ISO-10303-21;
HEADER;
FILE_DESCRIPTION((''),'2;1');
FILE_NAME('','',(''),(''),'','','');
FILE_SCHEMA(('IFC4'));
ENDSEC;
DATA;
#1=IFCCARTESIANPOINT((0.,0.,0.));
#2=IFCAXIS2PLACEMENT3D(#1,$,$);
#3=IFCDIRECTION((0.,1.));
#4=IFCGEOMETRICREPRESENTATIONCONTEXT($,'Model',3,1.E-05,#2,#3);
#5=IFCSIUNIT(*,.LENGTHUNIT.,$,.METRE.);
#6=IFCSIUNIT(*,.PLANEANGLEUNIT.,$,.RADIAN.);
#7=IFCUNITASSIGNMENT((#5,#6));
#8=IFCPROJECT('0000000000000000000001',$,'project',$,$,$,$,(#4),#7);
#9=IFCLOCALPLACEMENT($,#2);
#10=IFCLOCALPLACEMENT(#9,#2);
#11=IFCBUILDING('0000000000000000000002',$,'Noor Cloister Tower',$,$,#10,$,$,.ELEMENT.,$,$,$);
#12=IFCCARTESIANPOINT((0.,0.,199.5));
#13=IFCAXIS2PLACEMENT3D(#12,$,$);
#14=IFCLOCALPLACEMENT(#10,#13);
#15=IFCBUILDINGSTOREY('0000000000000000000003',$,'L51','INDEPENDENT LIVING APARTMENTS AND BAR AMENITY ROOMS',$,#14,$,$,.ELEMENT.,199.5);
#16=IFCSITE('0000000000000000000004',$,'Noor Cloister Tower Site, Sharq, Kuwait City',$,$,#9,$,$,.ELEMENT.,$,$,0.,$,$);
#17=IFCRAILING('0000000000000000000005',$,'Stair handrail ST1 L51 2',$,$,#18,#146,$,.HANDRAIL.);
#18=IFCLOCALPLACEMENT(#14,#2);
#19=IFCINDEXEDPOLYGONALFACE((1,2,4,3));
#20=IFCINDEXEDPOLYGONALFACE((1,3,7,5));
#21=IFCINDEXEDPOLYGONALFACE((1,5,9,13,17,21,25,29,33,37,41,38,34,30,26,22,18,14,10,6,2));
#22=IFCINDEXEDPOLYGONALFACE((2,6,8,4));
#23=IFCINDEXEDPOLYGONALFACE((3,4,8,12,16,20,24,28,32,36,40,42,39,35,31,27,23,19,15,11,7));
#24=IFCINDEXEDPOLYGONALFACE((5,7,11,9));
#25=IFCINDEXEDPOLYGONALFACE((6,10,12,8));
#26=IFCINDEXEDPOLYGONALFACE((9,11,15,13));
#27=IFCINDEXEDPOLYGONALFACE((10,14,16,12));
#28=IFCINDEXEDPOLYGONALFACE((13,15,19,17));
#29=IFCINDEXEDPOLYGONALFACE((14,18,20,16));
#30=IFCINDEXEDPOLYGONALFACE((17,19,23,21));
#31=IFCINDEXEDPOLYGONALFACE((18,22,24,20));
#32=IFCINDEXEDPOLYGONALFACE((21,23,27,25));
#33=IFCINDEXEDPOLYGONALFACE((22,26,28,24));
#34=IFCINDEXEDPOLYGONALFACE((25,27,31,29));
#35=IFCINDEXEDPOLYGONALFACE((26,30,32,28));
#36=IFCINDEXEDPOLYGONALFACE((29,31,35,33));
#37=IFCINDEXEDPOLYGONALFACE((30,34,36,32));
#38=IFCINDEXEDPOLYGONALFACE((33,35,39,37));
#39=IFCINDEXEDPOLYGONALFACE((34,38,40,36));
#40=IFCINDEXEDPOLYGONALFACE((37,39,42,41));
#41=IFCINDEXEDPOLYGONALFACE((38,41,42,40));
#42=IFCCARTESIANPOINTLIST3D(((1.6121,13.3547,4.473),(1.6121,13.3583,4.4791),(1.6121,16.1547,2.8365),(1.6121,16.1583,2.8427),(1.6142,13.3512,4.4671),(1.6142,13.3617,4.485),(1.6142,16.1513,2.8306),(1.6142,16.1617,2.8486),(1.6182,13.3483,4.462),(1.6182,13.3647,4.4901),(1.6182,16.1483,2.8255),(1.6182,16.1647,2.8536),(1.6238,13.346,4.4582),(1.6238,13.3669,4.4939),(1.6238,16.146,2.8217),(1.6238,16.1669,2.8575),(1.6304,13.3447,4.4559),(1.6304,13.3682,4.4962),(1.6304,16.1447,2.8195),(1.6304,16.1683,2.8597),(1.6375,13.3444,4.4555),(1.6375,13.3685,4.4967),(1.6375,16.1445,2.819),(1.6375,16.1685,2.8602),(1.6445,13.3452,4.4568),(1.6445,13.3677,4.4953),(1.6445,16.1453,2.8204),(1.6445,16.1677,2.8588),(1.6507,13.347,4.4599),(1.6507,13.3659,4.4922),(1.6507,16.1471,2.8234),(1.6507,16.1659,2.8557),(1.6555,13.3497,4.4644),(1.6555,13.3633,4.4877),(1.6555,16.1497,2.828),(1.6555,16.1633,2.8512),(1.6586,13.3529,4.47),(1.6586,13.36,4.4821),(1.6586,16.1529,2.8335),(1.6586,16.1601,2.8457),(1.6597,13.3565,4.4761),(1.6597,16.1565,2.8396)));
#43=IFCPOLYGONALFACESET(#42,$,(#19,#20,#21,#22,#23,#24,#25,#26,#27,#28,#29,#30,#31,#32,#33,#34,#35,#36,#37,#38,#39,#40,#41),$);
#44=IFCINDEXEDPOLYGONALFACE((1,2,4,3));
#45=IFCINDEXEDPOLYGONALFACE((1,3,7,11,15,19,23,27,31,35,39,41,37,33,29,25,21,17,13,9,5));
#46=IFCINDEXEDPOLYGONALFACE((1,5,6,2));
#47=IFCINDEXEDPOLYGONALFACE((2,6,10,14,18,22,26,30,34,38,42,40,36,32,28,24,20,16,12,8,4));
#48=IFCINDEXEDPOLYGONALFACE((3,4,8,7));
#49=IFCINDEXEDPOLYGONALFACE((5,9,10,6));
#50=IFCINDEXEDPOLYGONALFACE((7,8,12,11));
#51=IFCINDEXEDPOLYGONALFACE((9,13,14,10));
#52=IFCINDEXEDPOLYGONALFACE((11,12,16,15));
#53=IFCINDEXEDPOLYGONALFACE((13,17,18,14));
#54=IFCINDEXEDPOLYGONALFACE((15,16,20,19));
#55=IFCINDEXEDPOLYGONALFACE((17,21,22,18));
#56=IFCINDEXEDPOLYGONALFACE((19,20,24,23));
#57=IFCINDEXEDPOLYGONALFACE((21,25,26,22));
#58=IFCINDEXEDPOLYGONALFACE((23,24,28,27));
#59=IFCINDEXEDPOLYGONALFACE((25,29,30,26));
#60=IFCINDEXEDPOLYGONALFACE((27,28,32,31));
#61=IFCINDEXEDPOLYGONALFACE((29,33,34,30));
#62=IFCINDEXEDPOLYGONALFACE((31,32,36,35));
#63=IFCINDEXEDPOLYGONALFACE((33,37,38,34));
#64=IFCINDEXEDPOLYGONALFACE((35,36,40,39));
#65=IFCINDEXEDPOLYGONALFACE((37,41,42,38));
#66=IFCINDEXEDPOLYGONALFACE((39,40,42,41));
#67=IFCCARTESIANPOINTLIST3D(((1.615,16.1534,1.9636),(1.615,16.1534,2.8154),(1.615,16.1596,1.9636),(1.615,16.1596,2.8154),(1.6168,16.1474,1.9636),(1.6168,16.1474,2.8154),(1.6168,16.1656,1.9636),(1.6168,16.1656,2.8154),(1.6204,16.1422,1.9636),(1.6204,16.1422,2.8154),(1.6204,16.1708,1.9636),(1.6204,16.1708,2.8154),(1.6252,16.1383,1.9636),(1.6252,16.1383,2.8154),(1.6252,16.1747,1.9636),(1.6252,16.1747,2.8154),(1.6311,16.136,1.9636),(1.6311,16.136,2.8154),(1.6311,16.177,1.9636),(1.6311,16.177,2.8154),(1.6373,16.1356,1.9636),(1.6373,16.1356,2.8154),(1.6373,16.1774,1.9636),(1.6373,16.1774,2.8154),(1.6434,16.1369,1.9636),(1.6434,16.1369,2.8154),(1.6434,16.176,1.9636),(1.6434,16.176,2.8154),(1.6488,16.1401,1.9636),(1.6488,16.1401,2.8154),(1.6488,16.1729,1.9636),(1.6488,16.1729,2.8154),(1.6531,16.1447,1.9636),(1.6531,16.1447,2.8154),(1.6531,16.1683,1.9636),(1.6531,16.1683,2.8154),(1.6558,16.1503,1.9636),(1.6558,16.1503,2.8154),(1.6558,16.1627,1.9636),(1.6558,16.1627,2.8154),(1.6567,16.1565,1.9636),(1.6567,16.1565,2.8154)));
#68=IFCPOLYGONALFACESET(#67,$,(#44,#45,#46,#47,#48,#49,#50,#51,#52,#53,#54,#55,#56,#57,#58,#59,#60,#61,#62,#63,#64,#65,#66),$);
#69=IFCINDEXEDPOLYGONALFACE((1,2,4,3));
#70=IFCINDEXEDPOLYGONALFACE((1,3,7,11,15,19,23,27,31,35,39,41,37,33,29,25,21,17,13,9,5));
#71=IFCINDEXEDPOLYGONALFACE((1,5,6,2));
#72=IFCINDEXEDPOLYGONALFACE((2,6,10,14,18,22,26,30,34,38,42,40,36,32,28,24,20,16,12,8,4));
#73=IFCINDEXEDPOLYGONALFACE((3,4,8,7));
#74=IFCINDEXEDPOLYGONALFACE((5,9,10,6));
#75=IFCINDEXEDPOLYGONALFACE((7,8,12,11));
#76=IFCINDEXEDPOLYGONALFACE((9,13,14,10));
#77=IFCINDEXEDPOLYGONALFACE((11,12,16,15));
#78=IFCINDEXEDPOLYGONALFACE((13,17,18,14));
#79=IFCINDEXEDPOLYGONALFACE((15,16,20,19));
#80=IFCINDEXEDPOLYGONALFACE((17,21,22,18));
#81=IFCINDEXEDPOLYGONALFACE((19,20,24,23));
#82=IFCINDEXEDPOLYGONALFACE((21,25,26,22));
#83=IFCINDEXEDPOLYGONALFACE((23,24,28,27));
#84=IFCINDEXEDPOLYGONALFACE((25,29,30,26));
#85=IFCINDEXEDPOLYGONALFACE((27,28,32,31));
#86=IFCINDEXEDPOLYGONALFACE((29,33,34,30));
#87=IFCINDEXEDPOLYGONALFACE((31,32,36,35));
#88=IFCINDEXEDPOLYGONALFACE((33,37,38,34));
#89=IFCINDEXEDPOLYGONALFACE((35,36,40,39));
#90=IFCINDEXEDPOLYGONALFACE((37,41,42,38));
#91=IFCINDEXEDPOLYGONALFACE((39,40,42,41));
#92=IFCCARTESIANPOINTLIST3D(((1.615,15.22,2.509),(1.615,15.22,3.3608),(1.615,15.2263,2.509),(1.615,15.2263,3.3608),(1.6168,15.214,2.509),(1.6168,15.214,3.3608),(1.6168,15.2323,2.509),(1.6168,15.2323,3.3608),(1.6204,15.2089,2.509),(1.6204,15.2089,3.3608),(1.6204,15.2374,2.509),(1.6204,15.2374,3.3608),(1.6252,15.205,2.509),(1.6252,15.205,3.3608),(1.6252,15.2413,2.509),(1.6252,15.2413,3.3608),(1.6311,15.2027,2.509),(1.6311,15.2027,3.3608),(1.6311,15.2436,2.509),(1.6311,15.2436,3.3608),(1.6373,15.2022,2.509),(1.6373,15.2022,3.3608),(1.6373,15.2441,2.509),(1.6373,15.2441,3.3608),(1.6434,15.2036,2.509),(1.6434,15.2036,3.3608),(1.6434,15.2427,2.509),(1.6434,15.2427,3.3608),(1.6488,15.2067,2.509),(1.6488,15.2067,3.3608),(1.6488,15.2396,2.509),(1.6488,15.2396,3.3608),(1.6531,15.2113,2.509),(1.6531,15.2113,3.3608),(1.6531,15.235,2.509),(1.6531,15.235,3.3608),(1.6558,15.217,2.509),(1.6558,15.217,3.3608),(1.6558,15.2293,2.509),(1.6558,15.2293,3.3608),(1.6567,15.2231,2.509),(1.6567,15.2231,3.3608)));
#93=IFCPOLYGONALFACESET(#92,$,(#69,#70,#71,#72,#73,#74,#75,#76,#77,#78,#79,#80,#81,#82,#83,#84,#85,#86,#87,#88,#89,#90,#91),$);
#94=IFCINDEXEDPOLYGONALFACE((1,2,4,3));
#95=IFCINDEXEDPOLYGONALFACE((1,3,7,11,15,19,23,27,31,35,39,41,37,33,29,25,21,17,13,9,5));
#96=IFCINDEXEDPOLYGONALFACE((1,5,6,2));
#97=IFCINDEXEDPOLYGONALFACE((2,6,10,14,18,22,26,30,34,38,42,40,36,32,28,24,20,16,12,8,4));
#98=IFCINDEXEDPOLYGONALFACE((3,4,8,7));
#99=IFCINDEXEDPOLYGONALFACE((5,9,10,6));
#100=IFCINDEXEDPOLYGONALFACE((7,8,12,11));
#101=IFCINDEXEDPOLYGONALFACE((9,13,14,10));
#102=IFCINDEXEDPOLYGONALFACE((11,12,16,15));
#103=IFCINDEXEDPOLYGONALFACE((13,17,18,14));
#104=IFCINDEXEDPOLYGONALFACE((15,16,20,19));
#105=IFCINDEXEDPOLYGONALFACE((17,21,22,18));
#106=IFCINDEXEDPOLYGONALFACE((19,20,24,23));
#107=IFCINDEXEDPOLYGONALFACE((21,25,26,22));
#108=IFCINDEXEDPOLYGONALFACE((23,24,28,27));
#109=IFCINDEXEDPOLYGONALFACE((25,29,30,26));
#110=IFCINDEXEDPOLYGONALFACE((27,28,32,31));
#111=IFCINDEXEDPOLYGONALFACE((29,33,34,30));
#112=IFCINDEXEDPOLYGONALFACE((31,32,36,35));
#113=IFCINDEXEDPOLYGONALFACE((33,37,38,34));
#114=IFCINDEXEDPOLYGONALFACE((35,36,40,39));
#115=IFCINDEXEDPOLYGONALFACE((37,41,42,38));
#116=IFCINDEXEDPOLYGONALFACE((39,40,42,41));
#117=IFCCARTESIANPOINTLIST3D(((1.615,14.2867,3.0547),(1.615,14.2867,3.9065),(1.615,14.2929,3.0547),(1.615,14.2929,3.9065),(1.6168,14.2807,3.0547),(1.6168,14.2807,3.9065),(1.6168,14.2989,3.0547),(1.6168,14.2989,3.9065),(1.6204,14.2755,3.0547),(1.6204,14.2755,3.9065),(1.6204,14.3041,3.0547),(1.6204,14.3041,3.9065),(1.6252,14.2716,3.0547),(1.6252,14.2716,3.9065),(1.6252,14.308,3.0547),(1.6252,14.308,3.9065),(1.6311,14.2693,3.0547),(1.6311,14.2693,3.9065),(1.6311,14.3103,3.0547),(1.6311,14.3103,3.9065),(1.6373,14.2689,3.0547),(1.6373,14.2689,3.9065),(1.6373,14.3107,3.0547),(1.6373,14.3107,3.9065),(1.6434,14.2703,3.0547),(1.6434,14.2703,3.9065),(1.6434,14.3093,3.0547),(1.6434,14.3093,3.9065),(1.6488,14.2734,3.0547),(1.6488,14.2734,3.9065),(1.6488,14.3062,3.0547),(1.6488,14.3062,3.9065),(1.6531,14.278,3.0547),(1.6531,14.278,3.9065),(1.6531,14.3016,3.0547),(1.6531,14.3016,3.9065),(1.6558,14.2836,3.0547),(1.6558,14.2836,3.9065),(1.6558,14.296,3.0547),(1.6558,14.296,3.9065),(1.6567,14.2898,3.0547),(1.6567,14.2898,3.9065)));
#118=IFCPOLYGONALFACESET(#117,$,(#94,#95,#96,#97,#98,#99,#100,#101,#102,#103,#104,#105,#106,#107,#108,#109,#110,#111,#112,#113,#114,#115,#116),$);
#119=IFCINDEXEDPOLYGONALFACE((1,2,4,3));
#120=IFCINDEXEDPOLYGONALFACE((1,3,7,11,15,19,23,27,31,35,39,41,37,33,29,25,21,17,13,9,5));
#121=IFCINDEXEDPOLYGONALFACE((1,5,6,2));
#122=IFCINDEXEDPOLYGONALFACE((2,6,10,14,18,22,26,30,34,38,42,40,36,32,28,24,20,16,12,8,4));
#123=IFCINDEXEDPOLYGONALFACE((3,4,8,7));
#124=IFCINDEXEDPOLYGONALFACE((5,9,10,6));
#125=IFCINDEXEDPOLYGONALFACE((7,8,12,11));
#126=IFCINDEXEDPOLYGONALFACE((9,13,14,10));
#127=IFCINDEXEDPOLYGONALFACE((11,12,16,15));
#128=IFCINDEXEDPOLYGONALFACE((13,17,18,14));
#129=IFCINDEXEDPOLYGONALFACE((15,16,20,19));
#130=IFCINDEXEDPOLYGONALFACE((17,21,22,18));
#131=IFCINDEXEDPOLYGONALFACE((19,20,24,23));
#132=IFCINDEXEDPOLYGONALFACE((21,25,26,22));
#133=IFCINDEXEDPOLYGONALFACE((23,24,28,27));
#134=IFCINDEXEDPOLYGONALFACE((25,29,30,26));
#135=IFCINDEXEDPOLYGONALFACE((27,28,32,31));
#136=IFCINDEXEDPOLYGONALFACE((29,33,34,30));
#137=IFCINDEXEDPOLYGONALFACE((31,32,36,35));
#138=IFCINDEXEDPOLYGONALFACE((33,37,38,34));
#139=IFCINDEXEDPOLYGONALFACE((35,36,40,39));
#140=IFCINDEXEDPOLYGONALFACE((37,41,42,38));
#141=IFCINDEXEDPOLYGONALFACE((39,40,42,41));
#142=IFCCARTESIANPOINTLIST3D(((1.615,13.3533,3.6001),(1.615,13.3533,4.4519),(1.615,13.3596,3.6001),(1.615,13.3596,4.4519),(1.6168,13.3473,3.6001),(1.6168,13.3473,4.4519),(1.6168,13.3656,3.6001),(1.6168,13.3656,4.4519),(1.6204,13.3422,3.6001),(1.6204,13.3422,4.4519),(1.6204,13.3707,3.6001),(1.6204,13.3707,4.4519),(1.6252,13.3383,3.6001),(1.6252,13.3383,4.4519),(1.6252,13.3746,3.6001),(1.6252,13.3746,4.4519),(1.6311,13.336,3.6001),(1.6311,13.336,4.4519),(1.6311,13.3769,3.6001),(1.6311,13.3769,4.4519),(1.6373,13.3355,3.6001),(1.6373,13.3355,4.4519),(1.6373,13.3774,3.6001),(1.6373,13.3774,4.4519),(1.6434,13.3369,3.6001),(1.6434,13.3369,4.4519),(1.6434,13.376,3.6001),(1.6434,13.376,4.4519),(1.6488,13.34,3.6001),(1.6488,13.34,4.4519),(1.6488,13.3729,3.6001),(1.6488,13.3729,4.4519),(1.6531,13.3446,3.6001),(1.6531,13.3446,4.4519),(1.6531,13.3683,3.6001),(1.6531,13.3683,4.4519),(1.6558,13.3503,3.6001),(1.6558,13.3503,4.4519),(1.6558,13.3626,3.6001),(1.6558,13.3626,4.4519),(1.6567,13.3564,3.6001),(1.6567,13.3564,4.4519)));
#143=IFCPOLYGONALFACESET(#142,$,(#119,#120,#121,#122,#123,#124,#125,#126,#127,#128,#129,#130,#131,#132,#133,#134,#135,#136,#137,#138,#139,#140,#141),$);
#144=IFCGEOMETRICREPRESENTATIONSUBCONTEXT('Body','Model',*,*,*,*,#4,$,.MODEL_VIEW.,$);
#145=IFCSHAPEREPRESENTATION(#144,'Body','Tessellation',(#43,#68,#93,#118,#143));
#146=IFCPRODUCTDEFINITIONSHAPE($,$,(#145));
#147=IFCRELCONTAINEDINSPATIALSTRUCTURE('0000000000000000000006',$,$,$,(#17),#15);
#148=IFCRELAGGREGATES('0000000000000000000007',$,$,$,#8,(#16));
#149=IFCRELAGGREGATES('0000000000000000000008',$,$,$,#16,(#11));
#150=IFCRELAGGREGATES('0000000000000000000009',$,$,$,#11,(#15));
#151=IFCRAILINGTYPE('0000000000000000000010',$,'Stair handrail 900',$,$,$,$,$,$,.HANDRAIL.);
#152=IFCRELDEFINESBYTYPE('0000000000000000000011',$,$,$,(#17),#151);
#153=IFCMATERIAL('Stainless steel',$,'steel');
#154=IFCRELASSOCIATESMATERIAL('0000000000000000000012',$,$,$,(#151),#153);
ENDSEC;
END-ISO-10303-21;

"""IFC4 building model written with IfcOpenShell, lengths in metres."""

from ifc_helpers import new_model, si_unit, direction, frame, origin, origin_2d, place, context, subcontext, project, spatial, circle, extrude, material, type_object, element, save


model = new_model("IFC4")

# Units and contexts
model_context = context("Model", 3, precision=1e-05, world=origin(), true_north=direction((0.0, 1.0)))
body_context = subcontext(model_context, "Body", "Model", "MODEL_VIEW")
ifc_project = project(units=[si_unit("LENGTHUNIT", "METRE"), si_unit("PLANEANGLEUNIT", "RADIAN")], contexts=[model_context])

# Site, building, storey
site_placement = place(None, origin())
site = spatial("IfcSite", under=ifc_project, at=site_placement, Name="Noor Cloister Tower Site, Sharq, Kuwait City", CompositionType="ELEMENT", RefElevation=0.0)
building_placement = place(site_placement, origin())
building = spatial("IfcBuilding", under=site, at=building_placement, Name="Noor Cloister Tower", CompositionType="ELEMENT")
storey_placement = place(building_placement, frame((0.0, 0.0, 199.5)))
storey = spatial("IfcBuildingStorey", under=building, at=storey_placement, Name="L51", Description="INDEPENDENT LIVING APARTMENTS AND BAR AMENITY ROOMS", CompositionType="ELEMENT", Elevation=199.5)

# Railing
ifc_material_1 = material(Name="Stainless steel", Category="steel")
railing_type_1 = type_object("IfcRailingType", Name="Stair handrail 900", PredefinedType="HANDRAIL", material=ifc_material_1)
railing_1_placement = place(storey_placement, frame((1.6357, 16.1565, 1.9636)))
element("IfcRailing", 1, at=railing_1_placement, inside=storey, type_object=railing_type_1, Name="Stair handrail ST1 L51 2", PredefinedType="HANDRAIL", context=body_context, shape_type="SweptSolid", body=[
    extrude(circle(Radius=0.0239, at=origin_2d()), frame((0.0, 0.0, 0.876), z_axis=(0.0, -0.863361, 0.504587), x_axis=(1.0, 0.0, 0.0)), (0.0, 0.0, 1.0), 3.2432),
    extrude(circle(Radius=0.021, at=origin_2d()), origin(), (0.0, 0.0, 1.0), 0.8518),
    extrude(circle(Radius=0.021, at=origin_2d()), frame((0.0, -0.9333, 0.5454)), (0.0, 0.0, 1.0), 0.8518),
    extrude(circle(Radius=0.021, at=origin_2d()), frame((0.0, -1.8667, 1.0911)), (0.0, 0.0, 1.0), 0.8518),
    extrude(circle(Radius=0.021, at=origin_2d()), frame((0.0, -2.8, 1.6365)), (0.0, 0.0, 1.0), 0.8518),
])

save(model, "model.ifc")
